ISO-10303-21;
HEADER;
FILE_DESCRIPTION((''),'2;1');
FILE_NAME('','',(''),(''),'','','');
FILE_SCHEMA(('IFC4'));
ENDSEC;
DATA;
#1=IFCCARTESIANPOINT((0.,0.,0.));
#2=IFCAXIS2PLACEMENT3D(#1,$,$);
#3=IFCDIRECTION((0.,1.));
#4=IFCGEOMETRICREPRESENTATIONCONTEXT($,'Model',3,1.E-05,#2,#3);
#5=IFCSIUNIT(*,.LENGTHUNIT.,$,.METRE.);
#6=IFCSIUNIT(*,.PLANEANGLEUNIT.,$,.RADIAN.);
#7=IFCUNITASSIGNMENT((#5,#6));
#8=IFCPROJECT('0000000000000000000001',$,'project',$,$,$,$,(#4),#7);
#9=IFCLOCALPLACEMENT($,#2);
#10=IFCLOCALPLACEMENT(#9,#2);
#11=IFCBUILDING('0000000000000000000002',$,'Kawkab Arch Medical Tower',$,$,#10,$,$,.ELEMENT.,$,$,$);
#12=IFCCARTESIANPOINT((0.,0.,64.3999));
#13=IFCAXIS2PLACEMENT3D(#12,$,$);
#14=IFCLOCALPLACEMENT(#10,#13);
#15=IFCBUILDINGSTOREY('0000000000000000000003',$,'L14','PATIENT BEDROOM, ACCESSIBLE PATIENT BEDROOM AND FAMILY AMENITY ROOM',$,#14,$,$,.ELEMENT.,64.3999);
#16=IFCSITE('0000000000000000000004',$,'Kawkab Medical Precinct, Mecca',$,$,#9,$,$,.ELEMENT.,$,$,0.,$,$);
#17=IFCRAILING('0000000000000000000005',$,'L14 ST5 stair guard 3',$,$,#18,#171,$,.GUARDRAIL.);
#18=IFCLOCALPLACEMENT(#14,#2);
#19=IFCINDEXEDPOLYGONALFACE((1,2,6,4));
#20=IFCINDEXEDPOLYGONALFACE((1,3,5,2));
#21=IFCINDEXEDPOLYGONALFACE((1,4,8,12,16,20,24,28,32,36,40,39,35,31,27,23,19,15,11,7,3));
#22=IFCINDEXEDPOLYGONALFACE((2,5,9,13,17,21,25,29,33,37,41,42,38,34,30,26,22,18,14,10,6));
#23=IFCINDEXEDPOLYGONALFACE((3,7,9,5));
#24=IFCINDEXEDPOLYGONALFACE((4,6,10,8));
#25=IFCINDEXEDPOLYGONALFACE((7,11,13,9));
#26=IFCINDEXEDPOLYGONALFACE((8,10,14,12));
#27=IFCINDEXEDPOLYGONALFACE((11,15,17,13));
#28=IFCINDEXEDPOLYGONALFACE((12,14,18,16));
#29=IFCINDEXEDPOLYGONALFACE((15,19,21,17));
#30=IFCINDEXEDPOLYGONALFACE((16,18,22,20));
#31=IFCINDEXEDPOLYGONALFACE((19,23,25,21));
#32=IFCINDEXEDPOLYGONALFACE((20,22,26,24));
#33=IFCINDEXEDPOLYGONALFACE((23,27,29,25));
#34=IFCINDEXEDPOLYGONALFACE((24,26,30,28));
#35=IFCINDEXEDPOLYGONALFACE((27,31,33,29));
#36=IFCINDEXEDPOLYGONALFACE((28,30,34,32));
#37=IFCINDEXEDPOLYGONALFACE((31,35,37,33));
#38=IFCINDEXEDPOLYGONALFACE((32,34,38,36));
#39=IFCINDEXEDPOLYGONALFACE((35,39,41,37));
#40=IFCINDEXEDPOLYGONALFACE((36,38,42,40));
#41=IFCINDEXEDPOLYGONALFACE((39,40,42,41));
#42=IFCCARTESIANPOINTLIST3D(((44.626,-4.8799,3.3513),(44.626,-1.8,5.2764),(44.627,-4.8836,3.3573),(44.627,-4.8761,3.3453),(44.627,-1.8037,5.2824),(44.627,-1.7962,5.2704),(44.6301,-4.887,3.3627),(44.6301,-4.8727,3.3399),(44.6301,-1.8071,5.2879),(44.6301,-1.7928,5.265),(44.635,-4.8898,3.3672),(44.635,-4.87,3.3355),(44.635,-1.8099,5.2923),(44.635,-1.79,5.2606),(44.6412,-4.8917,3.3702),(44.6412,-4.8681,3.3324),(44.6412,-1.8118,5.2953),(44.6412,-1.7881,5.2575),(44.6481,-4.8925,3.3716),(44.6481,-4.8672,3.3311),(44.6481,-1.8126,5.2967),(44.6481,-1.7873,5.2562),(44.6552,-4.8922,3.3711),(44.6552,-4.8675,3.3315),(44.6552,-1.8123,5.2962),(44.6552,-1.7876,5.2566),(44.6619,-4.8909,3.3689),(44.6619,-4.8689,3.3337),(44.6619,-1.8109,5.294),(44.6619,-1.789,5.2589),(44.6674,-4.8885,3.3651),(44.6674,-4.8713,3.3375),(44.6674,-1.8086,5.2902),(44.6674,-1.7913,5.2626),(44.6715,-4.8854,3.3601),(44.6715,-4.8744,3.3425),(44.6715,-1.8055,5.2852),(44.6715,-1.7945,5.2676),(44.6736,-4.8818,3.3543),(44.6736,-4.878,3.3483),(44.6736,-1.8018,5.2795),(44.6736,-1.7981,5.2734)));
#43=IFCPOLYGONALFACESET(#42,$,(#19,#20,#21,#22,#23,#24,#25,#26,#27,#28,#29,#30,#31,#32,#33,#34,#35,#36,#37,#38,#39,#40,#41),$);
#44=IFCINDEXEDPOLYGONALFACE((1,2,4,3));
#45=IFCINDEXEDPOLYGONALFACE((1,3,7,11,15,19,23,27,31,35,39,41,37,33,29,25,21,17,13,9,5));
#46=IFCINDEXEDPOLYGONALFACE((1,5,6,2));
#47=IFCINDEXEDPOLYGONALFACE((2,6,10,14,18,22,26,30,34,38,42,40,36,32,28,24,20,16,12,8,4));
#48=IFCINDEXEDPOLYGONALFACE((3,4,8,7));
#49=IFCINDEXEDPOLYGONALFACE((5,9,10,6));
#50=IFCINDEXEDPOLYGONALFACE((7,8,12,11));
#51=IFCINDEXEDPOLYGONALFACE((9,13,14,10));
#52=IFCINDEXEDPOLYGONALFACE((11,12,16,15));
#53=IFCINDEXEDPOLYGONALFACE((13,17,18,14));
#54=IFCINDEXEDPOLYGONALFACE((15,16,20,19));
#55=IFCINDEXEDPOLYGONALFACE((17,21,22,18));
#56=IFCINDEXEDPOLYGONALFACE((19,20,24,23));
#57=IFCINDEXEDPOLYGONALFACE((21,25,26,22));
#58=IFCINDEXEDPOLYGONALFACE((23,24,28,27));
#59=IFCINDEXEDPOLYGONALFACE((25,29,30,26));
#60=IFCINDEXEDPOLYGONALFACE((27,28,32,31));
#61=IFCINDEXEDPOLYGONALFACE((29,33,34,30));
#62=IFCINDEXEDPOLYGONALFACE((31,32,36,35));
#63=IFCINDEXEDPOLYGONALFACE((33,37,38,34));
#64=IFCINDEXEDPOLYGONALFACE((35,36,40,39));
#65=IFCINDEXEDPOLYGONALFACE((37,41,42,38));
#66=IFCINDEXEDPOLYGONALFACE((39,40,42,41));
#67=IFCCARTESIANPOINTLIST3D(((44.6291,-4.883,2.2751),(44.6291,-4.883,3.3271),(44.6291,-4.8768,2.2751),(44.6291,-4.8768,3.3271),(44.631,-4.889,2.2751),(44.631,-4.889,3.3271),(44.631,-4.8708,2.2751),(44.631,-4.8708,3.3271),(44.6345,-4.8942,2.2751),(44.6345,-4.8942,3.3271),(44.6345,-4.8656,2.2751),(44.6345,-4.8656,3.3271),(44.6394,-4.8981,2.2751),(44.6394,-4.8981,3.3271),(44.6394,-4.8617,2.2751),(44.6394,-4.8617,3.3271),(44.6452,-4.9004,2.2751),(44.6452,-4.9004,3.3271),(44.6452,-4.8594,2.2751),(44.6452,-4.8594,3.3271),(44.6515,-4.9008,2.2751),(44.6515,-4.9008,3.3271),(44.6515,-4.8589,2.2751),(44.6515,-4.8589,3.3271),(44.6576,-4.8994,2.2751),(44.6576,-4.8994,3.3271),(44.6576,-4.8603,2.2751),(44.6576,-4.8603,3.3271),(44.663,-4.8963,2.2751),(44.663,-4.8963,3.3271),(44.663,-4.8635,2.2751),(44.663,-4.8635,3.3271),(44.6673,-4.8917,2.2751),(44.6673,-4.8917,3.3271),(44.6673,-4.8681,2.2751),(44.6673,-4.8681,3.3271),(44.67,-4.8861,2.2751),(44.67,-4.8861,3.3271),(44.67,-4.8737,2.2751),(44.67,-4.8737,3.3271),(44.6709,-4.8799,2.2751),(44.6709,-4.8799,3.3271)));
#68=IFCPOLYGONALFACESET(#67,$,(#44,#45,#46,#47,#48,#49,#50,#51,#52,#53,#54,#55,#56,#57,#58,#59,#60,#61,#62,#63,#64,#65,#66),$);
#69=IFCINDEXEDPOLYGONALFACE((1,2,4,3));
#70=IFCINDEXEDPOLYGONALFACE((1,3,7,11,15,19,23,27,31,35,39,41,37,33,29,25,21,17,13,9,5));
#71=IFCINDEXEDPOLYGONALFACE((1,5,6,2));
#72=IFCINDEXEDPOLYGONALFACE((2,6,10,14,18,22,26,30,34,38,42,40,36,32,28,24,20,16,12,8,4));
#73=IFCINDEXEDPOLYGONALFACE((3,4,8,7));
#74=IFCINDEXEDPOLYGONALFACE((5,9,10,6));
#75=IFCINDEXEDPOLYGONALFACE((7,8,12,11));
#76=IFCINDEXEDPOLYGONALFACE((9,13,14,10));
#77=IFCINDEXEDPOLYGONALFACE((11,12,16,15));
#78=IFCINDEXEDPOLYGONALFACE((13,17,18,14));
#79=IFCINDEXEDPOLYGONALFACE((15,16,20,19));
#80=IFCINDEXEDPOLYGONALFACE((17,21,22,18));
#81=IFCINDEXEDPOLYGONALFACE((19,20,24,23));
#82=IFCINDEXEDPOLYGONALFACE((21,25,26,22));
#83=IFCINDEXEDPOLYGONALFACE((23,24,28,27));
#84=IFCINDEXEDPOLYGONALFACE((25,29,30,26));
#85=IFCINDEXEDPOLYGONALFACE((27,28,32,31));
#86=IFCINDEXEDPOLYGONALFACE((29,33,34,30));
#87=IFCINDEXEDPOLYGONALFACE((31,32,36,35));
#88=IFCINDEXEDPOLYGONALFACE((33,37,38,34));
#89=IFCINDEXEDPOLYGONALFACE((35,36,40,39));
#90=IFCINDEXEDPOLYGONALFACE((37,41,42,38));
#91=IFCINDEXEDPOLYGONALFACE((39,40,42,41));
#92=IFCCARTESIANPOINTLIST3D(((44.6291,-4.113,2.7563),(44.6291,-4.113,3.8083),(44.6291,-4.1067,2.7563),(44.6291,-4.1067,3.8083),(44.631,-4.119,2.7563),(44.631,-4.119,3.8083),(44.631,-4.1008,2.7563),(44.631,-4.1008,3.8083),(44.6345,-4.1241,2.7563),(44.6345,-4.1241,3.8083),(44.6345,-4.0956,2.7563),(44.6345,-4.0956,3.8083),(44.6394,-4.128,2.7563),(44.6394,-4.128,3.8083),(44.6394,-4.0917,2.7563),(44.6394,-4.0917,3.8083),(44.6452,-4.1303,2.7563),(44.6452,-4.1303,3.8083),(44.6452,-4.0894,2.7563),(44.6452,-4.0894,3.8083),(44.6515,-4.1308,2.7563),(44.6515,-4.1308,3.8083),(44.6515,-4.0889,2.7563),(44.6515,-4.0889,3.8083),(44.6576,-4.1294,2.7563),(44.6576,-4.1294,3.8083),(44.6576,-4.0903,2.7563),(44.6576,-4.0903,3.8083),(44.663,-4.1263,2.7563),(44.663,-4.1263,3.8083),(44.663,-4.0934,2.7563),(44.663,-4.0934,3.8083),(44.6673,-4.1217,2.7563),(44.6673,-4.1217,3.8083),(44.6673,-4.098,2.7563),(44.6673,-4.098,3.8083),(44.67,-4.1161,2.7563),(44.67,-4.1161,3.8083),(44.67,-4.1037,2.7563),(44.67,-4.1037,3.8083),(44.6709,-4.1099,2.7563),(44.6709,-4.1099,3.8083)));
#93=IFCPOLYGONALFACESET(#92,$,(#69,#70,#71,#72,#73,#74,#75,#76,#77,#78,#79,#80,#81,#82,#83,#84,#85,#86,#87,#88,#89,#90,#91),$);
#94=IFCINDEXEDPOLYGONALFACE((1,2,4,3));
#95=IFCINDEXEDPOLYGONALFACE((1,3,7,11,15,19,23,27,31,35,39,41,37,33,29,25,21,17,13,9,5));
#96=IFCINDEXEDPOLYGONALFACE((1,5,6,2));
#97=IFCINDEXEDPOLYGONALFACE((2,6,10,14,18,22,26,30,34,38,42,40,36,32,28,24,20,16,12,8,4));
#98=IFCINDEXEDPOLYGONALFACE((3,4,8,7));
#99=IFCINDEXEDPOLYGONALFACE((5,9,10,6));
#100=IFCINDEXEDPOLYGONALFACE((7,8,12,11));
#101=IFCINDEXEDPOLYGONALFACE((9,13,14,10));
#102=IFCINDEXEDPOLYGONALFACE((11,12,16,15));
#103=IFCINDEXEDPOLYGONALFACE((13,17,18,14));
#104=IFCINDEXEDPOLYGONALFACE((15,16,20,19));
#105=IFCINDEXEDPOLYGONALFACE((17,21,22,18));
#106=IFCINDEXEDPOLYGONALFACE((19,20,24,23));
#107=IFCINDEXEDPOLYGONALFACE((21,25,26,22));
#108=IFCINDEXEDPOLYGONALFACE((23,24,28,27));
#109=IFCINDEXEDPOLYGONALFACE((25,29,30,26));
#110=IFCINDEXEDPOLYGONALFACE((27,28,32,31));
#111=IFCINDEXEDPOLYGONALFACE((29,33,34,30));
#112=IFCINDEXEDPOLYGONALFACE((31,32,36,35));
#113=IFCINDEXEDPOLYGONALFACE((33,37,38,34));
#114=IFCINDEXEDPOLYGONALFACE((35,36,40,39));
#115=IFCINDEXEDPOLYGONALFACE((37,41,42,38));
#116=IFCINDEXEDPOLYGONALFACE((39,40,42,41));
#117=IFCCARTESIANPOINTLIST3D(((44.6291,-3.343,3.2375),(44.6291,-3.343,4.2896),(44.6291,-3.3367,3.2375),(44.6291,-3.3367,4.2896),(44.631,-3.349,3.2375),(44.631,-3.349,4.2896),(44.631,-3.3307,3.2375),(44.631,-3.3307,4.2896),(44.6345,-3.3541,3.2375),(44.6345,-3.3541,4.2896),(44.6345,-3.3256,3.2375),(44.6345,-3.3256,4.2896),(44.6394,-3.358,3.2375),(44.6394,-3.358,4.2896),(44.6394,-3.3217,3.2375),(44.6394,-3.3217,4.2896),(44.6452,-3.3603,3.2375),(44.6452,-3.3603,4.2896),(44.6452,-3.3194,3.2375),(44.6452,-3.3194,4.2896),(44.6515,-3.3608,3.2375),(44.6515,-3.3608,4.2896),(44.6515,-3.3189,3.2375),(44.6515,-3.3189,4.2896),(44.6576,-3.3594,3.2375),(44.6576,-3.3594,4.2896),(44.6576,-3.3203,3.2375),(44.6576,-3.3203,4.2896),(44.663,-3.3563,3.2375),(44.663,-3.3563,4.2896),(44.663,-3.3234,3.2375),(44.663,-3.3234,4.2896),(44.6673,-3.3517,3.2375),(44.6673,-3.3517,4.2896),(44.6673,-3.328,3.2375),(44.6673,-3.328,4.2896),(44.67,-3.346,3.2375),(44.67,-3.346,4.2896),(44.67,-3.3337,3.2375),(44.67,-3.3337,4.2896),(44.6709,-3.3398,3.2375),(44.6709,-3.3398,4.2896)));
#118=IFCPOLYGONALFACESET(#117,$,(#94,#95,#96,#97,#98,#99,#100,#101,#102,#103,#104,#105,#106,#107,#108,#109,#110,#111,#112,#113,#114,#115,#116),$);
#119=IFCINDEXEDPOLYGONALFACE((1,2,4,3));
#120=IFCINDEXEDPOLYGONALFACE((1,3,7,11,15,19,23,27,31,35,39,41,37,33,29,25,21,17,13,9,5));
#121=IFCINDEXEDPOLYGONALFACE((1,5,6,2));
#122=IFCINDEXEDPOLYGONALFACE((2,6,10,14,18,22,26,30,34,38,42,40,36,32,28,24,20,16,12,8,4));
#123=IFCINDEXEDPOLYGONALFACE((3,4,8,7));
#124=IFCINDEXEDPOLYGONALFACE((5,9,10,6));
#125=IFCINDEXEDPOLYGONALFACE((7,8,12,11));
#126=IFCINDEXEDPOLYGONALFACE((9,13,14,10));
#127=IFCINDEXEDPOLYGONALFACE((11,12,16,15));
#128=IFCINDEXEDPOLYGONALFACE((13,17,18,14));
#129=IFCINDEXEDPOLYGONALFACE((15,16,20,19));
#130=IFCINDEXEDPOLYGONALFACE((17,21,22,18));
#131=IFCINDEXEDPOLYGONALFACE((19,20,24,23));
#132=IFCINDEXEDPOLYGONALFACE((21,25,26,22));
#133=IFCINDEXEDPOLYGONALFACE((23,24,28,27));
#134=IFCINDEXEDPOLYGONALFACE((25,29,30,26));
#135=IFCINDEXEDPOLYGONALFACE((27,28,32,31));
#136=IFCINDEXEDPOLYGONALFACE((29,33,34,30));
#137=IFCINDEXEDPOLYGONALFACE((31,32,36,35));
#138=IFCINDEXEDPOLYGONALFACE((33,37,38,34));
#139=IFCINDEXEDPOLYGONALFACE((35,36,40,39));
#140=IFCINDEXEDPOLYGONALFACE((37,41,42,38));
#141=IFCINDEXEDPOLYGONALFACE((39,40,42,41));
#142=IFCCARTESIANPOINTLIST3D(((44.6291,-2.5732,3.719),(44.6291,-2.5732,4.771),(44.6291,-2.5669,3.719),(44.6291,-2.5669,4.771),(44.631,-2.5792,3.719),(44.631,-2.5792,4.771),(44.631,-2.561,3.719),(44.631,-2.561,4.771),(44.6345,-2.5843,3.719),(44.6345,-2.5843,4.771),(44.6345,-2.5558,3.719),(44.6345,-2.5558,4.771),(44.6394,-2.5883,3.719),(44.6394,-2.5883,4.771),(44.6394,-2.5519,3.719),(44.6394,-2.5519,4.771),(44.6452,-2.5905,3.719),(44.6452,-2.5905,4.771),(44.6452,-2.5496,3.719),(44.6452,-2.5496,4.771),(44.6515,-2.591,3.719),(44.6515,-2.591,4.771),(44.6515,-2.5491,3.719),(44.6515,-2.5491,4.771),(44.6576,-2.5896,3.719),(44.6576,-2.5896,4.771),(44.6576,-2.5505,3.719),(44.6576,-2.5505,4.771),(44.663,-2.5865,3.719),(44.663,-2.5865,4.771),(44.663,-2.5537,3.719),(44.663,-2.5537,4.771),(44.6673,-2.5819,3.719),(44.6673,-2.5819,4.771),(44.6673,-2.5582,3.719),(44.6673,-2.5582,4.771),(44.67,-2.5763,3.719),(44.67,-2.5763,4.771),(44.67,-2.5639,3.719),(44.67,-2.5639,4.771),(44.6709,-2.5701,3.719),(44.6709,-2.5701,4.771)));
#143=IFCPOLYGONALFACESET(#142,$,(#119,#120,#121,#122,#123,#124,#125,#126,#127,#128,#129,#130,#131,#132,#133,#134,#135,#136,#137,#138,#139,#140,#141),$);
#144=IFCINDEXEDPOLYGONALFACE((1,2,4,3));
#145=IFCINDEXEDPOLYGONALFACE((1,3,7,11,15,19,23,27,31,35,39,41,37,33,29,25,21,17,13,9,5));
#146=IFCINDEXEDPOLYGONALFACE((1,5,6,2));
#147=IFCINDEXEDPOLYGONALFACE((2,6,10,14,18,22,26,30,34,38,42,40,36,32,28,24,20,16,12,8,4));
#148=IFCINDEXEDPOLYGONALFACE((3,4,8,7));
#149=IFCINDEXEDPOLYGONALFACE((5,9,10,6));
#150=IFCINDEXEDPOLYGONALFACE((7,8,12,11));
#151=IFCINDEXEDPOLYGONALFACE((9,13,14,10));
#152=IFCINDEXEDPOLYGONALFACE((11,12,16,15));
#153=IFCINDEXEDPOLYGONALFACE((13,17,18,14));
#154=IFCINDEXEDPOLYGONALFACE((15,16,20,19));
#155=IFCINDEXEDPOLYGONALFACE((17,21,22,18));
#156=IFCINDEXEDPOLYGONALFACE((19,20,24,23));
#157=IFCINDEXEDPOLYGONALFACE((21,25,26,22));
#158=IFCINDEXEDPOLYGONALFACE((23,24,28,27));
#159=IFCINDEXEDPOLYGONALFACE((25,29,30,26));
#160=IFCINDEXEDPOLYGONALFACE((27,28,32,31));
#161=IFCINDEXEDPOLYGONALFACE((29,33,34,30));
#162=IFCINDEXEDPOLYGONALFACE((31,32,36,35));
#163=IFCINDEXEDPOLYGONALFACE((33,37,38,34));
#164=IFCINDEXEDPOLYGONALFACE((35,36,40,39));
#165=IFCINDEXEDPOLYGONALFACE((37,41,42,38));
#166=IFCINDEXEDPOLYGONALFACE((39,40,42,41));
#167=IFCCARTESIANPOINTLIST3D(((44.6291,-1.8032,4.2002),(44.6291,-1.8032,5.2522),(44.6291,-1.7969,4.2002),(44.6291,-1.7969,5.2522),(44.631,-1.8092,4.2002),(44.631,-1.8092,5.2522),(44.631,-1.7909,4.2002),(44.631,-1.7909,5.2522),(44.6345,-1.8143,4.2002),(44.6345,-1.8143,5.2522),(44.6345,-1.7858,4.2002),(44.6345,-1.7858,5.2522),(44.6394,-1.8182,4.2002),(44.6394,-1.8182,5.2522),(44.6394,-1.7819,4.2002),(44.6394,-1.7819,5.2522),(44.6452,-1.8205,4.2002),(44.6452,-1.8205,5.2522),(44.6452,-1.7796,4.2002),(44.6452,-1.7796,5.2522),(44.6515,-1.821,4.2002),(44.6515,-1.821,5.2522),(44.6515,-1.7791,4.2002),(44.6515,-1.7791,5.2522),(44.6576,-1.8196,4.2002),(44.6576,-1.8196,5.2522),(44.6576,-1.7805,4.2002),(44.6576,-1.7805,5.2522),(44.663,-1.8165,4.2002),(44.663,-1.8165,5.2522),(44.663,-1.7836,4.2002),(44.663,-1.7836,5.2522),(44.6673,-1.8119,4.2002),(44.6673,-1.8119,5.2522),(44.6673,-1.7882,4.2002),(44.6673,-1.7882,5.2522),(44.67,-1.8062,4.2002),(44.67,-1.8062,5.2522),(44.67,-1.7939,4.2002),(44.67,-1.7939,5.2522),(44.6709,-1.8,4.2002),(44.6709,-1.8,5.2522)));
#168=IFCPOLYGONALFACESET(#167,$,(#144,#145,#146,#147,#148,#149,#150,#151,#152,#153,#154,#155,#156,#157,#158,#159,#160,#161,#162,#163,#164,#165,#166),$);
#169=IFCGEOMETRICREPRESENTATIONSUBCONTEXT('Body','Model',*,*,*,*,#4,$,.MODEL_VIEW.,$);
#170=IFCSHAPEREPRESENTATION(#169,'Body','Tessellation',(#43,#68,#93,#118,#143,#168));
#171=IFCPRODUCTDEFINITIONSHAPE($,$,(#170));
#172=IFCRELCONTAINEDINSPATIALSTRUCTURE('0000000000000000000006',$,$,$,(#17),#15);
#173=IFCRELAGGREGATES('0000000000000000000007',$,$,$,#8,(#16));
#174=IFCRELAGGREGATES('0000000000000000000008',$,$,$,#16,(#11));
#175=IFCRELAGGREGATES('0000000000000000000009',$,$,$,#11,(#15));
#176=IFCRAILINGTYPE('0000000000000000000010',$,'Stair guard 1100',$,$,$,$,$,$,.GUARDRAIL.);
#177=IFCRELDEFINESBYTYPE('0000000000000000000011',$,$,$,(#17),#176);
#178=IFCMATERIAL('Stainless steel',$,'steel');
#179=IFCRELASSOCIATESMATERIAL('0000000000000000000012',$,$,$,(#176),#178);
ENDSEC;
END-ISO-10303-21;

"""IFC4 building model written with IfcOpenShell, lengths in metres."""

from ifc_helpers import new_model, si_unit, direction, frame, origin, origin_2d, place, context, subcontext, project, spatial, circle, extrude, material, type_object, element, save


model = new_model("IFC4")

# Units and contexts
model_context = context("Model", 3, precision=1e-05, world=origin(), true_north=direction((0.0, 1.0)))
body_context = subcontext(model_context, "Body", "Model", "MODEL_VIEW")
ifc_project = project(units=[si_unit("LENGTHUNIT", "METRE"), si_unit("PLANEANGLEUNIT", "RADIAN")], contexts=[model_context])

# Site, building, storey
site_placement = place(None, origin())
site = spatial("IfcSite", under=ifc_project, at=site_placement, Name="Kawkab Medical Precinct, Mecca", CompositionType="ELEMENT", RefElevation=0.0)
building_placement = place(site_placement, origin())
building = spatial("IfcBuilding", under=site, at=building_placement, Name="Kawkab Arch Medical Tower", CompositionType="ELEMENT")
storey_placement = place(building_placement, frame((0.0, 0.0, 64.3999)))
storey = spatial("IfcBuildingStorey", under=building, at=storey_placement, Name="L14", Description="PATIENT BEDROOM, ACCESSIBLE PATIENT BEDROOM AND FAMILY AMENITY ROOM", CompositionType="ELEMENT", Elevation=64.3999)

# Railing
ifc_material_1 = material(Name="Stainless steel", Category="steel")
railing_type = type_object("IfcRailingType", Name="Stair guard 1100", PredefinedType="GUARDRAIL", material=ifc_material_1)
railing_1_placement = place(storey_placement, frame((44.6499, -4.8799, 2.2751)))
element("IfcRailing", 1, at=railing_1_placement, inside=storey, type_object=railing_type, Name="L14 ST5 stair guard 3", PredefinedType="GUARDRAIL", context=body_context, shape_type="SweptSolid", body=[
    extrude(circle(Radius=0.0239, at=origin_2d()), frame((0.0, 0.0, 1.0762), z_axis=(0.0, 0.847979, 0.530029), x_axis=(-1.0, 0.0, 0.0)), (0.0, 0.0, 1.0), 3.6321),
    extrude(circle(Radius=0.021, at=origin_2d()), origin(), (0.0, 0.0, 1.0), 1.052),
    extrude(circle(Radius=0.021, at=origin_2d()), frame((0.0, 0.77, 0.4812)), (0.0, 0.0, 1.0), 1.052),
    extrude(circle(Radius=0.021, at=origin_2d()), frame((0.0, 1.54, 0.9624)), (0.0, 0.0, 1.0), 1.052),
    extrude(circle(Radius=0.021, at=origin_2d()), frame((0.0, 2.3098, 1.4438)), (0.0, 0.0, 1.0), 1.052),
    extrude(circle(Radius=0.021, at=origin_2d()), frame((0.0, 3.0798, 1.925)), (0.0, 0.0, 1.0), 1.052),
])

save(model, "model.ifc")
